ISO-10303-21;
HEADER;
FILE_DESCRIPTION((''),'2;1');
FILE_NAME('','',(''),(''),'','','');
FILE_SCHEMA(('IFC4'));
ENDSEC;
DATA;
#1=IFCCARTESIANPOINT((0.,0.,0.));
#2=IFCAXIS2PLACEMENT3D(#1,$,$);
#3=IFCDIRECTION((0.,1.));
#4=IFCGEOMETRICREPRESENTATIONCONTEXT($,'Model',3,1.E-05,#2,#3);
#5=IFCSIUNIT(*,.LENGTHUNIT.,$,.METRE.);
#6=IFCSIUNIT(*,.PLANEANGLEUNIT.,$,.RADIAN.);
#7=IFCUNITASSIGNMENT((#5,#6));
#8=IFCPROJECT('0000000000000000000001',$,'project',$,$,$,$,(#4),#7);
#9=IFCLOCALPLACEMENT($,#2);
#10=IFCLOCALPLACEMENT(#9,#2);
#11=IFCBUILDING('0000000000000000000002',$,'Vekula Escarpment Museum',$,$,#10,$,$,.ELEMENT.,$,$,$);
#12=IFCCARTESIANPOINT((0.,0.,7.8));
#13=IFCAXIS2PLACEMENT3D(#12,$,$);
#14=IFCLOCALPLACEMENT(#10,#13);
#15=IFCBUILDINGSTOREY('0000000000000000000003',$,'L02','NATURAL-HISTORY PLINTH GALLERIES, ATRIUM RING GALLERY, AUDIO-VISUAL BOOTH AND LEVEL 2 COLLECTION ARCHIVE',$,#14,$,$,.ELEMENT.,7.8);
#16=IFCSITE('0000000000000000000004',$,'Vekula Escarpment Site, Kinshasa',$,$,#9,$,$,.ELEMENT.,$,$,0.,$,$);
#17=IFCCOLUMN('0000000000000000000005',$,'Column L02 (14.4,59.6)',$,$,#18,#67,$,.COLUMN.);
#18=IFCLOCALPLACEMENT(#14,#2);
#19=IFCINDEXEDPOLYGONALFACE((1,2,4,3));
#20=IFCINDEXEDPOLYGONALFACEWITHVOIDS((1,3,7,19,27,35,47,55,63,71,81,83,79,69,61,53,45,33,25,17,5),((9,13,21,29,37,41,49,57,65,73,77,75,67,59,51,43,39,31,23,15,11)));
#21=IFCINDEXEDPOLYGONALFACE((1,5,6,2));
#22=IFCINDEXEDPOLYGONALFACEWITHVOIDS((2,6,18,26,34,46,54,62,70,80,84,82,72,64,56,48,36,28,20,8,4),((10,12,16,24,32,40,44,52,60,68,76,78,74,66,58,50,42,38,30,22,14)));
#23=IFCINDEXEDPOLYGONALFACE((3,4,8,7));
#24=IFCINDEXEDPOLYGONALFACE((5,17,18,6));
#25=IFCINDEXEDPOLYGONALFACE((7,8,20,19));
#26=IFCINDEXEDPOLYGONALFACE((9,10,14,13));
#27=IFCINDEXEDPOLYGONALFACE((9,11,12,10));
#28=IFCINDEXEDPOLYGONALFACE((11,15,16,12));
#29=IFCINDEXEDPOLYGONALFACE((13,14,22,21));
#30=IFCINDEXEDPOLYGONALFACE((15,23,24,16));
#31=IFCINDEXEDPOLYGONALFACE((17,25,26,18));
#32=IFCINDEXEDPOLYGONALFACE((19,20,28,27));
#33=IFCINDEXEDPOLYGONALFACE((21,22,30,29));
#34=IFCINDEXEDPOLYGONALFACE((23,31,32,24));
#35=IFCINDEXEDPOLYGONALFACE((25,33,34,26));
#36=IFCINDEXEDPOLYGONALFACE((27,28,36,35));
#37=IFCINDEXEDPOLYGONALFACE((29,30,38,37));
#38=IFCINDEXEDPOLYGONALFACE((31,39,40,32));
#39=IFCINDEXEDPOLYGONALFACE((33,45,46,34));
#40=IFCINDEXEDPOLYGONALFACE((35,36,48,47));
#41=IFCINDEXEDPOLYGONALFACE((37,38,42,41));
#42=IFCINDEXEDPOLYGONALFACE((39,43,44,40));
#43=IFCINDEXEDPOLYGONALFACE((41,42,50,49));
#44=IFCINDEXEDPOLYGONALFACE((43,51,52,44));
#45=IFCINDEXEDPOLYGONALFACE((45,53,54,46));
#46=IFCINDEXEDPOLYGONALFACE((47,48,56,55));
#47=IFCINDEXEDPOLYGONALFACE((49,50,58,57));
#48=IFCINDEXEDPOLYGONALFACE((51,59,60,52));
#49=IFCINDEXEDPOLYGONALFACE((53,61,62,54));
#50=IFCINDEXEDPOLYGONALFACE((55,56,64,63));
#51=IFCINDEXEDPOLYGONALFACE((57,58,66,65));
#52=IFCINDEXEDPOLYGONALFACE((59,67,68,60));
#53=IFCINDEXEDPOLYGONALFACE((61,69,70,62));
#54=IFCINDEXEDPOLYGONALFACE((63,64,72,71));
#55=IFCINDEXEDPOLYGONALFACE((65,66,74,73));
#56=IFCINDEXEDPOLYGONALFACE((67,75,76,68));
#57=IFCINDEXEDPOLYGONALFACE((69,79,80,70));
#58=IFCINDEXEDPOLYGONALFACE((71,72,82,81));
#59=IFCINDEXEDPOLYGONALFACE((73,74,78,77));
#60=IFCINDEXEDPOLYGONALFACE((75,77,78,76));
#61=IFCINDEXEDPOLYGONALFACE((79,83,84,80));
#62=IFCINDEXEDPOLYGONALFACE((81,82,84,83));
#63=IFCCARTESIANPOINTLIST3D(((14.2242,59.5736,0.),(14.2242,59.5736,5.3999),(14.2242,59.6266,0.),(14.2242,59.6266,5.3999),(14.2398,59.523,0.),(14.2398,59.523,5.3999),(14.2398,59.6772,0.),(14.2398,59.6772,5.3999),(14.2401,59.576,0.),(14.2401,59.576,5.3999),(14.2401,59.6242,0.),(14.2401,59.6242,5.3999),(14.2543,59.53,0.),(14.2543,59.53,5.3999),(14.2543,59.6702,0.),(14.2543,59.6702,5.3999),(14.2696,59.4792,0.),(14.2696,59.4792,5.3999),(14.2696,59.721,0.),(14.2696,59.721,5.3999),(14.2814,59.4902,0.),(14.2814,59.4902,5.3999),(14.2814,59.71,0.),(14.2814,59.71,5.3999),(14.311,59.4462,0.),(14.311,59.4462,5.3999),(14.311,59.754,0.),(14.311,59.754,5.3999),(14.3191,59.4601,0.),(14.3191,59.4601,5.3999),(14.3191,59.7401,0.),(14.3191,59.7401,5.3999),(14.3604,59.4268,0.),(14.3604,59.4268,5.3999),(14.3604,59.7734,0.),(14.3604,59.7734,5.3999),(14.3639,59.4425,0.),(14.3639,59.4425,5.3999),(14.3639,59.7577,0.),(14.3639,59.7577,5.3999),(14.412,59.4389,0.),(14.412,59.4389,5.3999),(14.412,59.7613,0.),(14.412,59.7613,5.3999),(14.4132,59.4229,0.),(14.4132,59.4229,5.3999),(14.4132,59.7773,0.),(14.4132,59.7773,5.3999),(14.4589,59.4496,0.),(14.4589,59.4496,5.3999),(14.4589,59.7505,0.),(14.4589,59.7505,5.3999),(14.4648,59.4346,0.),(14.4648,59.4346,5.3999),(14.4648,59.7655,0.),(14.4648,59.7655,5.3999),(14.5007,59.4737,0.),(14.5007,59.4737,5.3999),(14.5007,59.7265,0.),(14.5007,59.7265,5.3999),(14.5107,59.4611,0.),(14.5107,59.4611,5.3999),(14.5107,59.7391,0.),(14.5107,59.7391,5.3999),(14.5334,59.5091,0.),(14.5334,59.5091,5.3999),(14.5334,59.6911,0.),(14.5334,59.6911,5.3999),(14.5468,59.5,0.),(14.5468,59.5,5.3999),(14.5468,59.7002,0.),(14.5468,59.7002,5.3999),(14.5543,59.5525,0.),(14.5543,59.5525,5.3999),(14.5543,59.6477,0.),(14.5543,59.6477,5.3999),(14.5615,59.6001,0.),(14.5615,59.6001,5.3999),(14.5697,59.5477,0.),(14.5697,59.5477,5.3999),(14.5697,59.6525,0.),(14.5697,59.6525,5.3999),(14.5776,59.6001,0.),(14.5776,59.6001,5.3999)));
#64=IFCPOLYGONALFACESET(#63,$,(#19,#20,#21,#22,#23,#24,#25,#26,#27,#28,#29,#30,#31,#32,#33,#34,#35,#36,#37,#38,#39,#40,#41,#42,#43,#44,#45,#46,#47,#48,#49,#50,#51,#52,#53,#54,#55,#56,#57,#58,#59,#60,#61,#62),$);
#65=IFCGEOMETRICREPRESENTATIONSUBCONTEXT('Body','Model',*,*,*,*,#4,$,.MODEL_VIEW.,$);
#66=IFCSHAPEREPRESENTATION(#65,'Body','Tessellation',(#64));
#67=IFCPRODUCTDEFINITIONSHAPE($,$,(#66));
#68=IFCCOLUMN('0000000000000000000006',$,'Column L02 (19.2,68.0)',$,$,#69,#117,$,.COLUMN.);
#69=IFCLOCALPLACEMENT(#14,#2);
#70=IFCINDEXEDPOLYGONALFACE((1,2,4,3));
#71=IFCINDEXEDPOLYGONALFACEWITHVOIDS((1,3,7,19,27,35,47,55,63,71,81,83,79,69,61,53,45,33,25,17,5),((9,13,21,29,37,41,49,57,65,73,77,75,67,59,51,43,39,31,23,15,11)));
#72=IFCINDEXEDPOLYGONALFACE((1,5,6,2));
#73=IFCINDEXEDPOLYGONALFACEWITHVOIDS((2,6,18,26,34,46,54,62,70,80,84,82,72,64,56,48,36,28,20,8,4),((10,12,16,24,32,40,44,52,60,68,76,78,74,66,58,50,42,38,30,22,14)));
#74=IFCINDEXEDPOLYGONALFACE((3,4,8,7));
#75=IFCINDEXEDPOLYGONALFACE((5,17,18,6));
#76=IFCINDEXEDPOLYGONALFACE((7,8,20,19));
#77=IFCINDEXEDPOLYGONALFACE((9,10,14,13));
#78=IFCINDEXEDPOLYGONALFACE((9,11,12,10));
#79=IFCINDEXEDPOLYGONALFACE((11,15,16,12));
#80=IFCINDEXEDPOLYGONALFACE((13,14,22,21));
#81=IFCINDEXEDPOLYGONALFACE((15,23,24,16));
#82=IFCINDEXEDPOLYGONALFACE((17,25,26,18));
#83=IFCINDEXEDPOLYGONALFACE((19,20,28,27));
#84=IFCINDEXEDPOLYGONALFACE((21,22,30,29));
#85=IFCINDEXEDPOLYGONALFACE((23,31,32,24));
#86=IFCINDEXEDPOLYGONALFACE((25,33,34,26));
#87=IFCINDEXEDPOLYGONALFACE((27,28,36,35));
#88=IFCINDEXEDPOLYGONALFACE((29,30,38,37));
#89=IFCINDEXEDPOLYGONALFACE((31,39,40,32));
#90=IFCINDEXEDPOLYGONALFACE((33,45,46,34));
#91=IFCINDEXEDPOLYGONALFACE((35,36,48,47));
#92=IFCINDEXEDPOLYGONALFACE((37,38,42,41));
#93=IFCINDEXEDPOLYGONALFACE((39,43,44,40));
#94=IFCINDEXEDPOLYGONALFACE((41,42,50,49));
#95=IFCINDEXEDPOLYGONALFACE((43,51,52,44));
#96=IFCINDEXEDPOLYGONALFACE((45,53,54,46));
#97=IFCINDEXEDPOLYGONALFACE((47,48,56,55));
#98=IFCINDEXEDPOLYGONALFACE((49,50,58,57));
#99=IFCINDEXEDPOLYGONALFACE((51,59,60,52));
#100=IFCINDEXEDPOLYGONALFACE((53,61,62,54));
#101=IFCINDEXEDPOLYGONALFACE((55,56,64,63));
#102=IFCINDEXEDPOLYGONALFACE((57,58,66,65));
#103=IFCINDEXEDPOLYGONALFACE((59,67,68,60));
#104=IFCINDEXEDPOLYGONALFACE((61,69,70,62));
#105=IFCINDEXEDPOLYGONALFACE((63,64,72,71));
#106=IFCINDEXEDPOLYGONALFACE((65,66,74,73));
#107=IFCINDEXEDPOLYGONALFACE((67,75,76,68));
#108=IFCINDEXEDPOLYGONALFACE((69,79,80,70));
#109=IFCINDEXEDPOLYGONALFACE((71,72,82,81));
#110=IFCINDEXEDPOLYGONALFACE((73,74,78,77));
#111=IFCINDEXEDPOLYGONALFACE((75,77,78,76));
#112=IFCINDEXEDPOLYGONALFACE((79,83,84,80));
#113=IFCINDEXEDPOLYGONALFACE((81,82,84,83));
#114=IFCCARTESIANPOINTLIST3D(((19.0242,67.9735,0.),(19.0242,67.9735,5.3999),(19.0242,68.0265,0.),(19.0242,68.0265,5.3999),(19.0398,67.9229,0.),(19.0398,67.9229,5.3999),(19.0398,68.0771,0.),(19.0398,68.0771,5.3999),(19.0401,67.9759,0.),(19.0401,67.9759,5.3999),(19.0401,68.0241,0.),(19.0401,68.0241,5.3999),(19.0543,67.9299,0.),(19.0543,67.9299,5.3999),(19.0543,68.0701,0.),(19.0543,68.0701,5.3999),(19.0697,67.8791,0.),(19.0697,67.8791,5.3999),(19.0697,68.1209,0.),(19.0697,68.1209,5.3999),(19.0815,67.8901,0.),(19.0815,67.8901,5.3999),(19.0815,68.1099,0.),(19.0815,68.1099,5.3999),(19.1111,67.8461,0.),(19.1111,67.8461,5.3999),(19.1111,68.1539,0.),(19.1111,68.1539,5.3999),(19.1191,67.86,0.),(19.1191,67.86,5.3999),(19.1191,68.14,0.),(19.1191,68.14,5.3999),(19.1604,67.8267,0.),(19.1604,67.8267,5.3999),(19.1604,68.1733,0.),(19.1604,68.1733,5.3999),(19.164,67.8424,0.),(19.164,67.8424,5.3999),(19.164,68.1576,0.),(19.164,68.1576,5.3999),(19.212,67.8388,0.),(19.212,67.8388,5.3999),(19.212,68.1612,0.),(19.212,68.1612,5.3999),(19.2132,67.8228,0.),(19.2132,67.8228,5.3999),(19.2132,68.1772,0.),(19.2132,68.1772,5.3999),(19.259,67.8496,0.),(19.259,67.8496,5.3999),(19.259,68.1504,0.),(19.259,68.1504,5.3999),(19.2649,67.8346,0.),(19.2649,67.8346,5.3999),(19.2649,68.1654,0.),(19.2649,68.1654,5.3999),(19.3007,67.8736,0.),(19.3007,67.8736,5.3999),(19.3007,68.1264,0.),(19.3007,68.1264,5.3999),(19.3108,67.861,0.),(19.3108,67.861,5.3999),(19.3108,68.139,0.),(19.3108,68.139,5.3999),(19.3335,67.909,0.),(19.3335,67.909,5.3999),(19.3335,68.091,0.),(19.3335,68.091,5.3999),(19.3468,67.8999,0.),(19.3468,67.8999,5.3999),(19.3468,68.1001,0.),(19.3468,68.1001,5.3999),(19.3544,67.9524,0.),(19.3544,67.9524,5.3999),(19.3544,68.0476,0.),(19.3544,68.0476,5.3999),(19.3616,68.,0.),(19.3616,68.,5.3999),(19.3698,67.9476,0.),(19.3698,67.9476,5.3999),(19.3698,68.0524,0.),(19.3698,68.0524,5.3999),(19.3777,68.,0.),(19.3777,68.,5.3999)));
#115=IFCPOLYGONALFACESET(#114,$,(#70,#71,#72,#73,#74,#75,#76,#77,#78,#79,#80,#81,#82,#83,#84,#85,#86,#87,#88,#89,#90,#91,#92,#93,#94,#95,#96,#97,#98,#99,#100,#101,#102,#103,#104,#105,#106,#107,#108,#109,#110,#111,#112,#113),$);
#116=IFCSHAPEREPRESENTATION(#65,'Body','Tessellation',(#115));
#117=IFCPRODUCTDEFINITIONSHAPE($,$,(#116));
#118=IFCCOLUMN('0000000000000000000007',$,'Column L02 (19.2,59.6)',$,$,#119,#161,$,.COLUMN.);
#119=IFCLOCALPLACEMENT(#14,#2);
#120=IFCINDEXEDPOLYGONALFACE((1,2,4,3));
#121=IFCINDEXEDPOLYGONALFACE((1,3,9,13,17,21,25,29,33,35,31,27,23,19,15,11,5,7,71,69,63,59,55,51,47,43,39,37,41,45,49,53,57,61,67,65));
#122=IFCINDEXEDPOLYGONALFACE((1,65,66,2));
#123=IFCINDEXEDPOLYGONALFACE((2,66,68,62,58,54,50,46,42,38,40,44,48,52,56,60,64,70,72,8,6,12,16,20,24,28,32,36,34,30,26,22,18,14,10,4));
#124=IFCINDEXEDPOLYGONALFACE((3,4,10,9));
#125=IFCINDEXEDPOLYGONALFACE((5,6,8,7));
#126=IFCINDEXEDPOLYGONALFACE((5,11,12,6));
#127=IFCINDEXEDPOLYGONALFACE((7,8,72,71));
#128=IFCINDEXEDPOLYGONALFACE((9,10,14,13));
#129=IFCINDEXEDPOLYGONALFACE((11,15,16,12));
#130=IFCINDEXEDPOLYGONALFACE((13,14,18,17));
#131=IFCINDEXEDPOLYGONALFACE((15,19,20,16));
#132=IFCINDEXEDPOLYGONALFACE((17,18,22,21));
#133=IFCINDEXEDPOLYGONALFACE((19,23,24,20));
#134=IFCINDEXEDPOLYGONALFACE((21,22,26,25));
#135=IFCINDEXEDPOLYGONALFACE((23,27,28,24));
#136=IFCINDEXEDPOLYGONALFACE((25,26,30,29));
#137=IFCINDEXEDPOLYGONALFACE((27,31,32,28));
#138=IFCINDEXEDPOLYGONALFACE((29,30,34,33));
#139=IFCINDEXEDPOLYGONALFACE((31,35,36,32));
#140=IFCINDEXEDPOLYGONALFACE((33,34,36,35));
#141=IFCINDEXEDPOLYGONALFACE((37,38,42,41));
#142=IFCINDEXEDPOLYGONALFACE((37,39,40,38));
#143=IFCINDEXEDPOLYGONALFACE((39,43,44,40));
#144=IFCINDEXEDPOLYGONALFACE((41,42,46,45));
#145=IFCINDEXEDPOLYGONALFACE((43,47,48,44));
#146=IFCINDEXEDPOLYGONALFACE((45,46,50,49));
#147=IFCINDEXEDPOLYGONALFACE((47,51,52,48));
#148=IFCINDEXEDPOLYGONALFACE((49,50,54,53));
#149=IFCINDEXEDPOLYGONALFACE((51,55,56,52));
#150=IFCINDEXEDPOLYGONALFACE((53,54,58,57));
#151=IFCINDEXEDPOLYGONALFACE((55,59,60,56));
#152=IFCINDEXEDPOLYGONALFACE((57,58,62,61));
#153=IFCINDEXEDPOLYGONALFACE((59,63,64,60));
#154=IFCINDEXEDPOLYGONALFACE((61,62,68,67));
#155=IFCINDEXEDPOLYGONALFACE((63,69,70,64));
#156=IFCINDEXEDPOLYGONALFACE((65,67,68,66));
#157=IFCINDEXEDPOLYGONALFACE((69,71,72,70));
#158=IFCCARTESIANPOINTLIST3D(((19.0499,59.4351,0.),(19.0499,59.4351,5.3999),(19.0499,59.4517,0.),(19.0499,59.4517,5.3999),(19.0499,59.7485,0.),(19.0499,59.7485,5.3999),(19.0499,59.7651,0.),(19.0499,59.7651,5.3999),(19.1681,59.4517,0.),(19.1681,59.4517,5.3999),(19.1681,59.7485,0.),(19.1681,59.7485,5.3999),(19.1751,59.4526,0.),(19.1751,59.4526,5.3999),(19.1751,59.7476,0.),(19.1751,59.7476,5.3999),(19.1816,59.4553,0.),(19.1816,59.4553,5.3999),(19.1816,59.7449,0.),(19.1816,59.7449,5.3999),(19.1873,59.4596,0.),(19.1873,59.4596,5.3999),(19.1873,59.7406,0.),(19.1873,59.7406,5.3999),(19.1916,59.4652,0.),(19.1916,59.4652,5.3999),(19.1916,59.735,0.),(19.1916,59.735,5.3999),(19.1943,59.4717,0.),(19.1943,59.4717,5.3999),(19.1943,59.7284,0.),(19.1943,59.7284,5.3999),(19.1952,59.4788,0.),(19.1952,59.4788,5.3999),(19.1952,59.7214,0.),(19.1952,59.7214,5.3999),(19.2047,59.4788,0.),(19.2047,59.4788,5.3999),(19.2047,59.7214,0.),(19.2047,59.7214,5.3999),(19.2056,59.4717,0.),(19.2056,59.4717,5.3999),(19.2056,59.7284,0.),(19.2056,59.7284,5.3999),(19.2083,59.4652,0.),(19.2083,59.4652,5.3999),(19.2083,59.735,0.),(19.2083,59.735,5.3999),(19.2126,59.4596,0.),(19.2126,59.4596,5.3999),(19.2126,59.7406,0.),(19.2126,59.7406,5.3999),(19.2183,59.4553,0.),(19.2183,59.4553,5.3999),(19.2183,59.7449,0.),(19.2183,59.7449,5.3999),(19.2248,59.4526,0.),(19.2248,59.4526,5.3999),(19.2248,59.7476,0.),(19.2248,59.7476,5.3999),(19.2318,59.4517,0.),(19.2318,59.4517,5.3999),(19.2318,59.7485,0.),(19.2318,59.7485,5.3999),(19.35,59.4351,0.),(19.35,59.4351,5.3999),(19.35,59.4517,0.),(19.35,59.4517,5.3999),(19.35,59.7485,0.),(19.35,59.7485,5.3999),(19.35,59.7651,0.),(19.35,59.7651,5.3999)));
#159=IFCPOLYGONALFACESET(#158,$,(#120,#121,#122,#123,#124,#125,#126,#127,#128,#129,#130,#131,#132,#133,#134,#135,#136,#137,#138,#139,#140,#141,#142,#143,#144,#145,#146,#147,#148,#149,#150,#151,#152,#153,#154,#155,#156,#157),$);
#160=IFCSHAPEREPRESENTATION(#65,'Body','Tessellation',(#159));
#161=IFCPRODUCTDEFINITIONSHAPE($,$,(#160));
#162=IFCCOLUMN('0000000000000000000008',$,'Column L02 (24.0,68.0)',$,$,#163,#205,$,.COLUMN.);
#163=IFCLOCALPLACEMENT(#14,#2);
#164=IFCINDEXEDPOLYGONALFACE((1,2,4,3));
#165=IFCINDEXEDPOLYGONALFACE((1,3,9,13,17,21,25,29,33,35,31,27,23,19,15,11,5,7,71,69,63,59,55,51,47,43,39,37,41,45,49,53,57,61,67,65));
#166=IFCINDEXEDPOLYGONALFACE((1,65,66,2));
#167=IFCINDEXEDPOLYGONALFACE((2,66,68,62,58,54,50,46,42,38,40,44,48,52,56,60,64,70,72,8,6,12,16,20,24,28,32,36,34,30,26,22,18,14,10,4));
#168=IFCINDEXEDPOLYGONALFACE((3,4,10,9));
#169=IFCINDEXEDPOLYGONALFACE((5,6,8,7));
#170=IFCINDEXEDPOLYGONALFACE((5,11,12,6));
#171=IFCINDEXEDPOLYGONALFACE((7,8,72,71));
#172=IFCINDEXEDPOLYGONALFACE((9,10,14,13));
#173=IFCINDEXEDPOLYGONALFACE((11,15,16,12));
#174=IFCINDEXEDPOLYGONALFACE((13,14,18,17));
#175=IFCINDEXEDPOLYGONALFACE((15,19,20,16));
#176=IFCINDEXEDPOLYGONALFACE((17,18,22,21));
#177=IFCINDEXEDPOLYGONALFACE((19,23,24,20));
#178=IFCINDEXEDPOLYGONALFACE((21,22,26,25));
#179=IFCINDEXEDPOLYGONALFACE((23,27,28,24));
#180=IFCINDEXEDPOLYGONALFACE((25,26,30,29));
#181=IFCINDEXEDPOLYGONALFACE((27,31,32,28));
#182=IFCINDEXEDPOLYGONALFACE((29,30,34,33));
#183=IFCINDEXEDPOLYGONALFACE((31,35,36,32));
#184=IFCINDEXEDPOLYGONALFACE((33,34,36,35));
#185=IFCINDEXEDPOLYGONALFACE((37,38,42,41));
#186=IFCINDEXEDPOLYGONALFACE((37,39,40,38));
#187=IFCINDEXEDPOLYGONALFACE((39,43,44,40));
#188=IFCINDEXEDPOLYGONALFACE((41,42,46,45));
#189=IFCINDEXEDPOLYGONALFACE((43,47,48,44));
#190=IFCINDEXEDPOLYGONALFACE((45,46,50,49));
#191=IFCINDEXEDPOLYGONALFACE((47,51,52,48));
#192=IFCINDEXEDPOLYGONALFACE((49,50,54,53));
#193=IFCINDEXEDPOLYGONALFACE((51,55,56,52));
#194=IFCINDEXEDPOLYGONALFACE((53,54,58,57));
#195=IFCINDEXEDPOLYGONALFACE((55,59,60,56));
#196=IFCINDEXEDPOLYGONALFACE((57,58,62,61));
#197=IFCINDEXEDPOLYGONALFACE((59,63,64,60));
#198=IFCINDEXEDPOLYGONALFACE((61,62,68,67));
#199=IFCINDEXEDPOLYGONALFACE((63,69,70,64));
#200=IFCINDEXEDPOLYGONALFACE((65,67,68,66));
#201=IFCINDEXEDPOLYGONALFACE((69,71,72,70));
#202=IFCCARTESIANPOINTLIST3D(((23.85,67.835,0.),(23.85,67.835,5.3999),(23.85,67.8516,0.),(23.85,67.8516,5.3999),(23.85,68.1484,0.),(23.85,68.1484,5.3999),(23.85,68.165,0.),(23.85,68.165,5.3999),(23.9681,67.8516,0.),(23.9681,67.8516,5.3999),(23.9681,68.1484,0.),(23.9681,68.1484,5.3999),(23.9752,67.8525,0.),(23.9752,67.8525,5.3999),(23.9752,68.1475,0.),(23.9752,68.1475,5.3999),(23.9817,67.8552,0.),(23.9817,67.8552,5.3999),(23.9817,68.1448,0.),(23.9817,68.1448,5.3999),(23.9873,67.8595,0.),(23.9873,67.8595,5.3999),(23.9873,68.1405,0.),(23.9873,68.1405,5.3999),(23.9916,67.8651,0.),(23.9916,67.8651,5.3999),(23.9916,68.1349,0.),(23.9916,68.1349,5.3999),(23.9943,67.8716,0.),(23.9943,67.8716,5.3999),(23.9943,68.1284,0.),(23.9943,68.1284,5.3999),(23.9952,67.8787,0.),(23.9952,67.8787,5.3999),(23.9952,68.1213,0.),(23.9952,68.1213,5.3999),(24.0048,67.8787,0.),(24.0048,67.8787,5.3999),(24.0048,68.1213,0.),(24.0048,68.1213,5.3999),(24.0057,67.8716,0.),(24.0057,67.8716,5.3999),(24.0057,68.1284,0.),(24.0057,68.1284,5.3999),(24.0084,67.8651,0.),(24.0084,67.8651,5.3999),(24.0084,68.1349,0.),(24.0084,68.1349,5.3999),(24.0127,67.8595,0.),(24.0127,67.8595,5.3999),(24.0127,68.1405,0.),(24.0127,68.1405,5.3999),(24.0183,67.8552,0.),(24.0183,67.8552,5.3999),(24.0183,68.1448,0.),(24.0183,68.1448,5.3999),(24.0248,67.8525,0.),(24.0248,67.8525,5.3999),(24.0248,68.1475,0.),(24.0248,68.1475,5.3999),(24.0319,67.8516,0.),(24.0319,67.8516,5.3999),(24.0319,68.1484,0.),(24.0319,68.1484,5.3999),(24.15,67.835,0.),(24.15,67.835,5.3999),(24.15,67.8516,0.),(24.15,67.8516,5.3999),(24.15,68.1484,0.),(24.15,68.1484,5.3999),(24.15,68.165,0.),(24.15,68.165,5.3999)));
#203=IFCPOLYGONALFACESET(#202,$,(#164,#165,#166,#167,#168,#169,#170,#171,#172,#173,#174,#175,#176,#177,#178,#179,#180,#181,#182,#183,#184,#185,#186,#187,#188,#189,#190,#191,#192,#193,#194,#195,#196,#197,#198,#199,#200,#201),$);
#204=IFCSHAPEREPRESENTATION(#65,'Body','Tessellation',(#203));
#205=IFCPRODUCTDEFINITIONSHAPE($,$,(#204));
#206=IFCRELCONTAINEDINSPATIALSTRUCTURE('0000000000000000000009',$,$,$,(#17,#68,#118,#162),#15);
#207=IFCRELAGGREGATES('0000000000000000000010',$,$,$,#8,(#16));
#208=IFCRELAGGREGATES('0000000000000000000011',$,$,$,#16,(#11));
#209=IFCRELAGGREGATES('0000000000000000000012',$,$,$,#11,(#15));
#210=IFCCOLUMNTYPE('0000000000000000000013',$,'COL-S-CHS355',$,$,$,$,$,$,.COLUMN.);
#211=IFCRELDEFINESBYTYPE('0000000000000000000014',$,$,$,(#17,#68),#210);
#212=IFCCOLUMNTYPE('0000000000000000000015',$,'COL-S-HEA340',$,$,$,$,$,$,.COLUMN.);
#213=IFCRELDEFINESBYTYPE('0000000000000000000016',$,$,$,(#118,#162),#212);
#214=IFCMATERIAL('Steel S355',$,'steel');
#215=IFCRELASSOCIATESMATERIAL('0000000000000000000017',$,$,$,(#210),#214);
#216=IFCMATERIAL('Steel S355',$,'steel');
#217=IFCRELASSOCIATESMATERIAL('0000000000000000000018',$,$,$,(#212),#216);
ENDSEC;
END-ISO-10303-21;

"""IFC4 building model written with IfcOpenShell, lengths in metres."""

from ifc_helpers import new_model, si_unit, direction, frame, origin, origin_2d, place, context, subcontext, project, spatial, hollow_circle, i_section, extrude, material, material_profile, profile_set, type_object, element, save


model = new_model("IFC4")

# Units and contexts
model_context = context("Model", 3, precision=1e-05, world=origin(), true_north=direction((0.0, 1.0)))
body_context = subcontext(model_context, "Body", "Model", "MODEL_VIEW")
ifc_project = project(units=[si_unit("LENGTHUNIT", "METRE"), si_unit("PLANEANGLEUNIT", "RADIAN")], contexts=[model_context])

# Site, building, storey
site_placement = place(None, origin())
site = spatial("IfcSite", under=ifc_project, at=site_placement, Name="Vekula Escarpment Site, Kinshasa", CompositionType="ELEMENT", RefElevation=0.0)
building_placement = place(site_placement, origin())
building = spatial("IfcBuilding", under=site, at=building_placement, Name="Vekula Escarpment Museum", CompositionType="ELEMENT")
storey_placement = place(building_placement, frame((0.0, 0.0, 7.8)))
storey = spatial("IfcBuildingStorey", under=building, at=storey_placement, Name="L02", Description="NATURAL-HISTORY PLINTH GALLERIES, ATRIUM RING GALLERY, AUDIO-VISUAL BOOTH AND LEVEL 2 COLLECTION ARCHIVE", CompositionType="ELEMENT", Elevation=7.8)

# Columns
ifc_material_1 = material(Name="Steel S355", Category="steel")
ifc_material_profile_1 = material_profile(ifc_material_1, hollow_circle(Radius=0.1777, WallThickness=0.0161, at=origin_2d()), Name="CHS 355.6x16")
ifc_profile_set_1 = profile_set([ifc_material_profile_1], Name="Steel S355")
column_type_1 = type_object("IfcColumnType", Name="COL-S-CHS355", PredefinedType="COLUMN", material=ifc_profile_set_1)
for number, where, z_axis, x_axis, name in (
    (1, (14.3999, 59.6001, 0.0), (0.0, 0.0, 1.0), (1.0, 0.0, 0.0), "Column L02 (14.4,59.6)"),
    (2, (19.2, 68.0, 0.0), (0.0, 0.0, 1.0), (1.0, 0.0, 0.0), "Column L02 (19.2,68.0)"),
):
    element("IfcColumn", number, at=place(storey_placement, frame(where, z_axis=z_axis, x_axis=x_axis)), inside=storey, type_object=column_type_1, Name=name, PredefinedType="COLUMN", context=body_context, shape_type="SweptSolid", body=[
        extrude(hollow_circle(Radius=0.1777, WallThickness=0.0161, at=origin_2d()), origin(), (0.0, 0.0, 1.0), 5.3999),
    ])
ifc_material_2 = material(Name="Steel S355", Category="steel")
ifc_material_profile_2 = material_profile(ifc_material_2, i_section(OverallWidth=0.3, OverallDepth=0.3301, WebThickness=0.0095, FlangeThickness=0.0166, FilletRadius=0.0271, at=origin_2d()), Name="HEA 340")
ifc_profile_set_2 = profile_set([ifc_material_profile_2], Name="Steel S355")
column_type_2 = type_object("IfcColumnType", Name="COL-S-HEA340", PredefinedType="COLUMN", material=ifc_profile_set_2)
for number, where, z_axis, x_axis, name in (
    (3, (19.2, 59.6001, 0.0), (0.0, 0.0, 1.0), (1.0, 0.0, 0.0), "Column L02 (19.2,59.6)"),
    (4, (24.0, 68.0, 0.0), (0.0, 0.0, 1.0), (1.0, 0.0, 0.0), "Column L02 (24.0,68.0)"),
):
    element("IfcColumn", number, at=place(storey_placement, frame(where, z_axis=z_axis, x_axis=x_axis)), inside=storey, type_object=column_type_2, Name=name, PredefinedType="COLUMN", context=body_context, shape_type="SweptSolid", body=[
        extrude(i_section(OverallWidth=0.3, OverallDepth=0.3301, WebThickness=0.0095, FlangeThickness=0.0166, FilletRadius=0.0271, at=origin_2d()), origin(), (0.0, 0.0, 1.0), 5.3999),
    ])

save(model, "model.ifc")
